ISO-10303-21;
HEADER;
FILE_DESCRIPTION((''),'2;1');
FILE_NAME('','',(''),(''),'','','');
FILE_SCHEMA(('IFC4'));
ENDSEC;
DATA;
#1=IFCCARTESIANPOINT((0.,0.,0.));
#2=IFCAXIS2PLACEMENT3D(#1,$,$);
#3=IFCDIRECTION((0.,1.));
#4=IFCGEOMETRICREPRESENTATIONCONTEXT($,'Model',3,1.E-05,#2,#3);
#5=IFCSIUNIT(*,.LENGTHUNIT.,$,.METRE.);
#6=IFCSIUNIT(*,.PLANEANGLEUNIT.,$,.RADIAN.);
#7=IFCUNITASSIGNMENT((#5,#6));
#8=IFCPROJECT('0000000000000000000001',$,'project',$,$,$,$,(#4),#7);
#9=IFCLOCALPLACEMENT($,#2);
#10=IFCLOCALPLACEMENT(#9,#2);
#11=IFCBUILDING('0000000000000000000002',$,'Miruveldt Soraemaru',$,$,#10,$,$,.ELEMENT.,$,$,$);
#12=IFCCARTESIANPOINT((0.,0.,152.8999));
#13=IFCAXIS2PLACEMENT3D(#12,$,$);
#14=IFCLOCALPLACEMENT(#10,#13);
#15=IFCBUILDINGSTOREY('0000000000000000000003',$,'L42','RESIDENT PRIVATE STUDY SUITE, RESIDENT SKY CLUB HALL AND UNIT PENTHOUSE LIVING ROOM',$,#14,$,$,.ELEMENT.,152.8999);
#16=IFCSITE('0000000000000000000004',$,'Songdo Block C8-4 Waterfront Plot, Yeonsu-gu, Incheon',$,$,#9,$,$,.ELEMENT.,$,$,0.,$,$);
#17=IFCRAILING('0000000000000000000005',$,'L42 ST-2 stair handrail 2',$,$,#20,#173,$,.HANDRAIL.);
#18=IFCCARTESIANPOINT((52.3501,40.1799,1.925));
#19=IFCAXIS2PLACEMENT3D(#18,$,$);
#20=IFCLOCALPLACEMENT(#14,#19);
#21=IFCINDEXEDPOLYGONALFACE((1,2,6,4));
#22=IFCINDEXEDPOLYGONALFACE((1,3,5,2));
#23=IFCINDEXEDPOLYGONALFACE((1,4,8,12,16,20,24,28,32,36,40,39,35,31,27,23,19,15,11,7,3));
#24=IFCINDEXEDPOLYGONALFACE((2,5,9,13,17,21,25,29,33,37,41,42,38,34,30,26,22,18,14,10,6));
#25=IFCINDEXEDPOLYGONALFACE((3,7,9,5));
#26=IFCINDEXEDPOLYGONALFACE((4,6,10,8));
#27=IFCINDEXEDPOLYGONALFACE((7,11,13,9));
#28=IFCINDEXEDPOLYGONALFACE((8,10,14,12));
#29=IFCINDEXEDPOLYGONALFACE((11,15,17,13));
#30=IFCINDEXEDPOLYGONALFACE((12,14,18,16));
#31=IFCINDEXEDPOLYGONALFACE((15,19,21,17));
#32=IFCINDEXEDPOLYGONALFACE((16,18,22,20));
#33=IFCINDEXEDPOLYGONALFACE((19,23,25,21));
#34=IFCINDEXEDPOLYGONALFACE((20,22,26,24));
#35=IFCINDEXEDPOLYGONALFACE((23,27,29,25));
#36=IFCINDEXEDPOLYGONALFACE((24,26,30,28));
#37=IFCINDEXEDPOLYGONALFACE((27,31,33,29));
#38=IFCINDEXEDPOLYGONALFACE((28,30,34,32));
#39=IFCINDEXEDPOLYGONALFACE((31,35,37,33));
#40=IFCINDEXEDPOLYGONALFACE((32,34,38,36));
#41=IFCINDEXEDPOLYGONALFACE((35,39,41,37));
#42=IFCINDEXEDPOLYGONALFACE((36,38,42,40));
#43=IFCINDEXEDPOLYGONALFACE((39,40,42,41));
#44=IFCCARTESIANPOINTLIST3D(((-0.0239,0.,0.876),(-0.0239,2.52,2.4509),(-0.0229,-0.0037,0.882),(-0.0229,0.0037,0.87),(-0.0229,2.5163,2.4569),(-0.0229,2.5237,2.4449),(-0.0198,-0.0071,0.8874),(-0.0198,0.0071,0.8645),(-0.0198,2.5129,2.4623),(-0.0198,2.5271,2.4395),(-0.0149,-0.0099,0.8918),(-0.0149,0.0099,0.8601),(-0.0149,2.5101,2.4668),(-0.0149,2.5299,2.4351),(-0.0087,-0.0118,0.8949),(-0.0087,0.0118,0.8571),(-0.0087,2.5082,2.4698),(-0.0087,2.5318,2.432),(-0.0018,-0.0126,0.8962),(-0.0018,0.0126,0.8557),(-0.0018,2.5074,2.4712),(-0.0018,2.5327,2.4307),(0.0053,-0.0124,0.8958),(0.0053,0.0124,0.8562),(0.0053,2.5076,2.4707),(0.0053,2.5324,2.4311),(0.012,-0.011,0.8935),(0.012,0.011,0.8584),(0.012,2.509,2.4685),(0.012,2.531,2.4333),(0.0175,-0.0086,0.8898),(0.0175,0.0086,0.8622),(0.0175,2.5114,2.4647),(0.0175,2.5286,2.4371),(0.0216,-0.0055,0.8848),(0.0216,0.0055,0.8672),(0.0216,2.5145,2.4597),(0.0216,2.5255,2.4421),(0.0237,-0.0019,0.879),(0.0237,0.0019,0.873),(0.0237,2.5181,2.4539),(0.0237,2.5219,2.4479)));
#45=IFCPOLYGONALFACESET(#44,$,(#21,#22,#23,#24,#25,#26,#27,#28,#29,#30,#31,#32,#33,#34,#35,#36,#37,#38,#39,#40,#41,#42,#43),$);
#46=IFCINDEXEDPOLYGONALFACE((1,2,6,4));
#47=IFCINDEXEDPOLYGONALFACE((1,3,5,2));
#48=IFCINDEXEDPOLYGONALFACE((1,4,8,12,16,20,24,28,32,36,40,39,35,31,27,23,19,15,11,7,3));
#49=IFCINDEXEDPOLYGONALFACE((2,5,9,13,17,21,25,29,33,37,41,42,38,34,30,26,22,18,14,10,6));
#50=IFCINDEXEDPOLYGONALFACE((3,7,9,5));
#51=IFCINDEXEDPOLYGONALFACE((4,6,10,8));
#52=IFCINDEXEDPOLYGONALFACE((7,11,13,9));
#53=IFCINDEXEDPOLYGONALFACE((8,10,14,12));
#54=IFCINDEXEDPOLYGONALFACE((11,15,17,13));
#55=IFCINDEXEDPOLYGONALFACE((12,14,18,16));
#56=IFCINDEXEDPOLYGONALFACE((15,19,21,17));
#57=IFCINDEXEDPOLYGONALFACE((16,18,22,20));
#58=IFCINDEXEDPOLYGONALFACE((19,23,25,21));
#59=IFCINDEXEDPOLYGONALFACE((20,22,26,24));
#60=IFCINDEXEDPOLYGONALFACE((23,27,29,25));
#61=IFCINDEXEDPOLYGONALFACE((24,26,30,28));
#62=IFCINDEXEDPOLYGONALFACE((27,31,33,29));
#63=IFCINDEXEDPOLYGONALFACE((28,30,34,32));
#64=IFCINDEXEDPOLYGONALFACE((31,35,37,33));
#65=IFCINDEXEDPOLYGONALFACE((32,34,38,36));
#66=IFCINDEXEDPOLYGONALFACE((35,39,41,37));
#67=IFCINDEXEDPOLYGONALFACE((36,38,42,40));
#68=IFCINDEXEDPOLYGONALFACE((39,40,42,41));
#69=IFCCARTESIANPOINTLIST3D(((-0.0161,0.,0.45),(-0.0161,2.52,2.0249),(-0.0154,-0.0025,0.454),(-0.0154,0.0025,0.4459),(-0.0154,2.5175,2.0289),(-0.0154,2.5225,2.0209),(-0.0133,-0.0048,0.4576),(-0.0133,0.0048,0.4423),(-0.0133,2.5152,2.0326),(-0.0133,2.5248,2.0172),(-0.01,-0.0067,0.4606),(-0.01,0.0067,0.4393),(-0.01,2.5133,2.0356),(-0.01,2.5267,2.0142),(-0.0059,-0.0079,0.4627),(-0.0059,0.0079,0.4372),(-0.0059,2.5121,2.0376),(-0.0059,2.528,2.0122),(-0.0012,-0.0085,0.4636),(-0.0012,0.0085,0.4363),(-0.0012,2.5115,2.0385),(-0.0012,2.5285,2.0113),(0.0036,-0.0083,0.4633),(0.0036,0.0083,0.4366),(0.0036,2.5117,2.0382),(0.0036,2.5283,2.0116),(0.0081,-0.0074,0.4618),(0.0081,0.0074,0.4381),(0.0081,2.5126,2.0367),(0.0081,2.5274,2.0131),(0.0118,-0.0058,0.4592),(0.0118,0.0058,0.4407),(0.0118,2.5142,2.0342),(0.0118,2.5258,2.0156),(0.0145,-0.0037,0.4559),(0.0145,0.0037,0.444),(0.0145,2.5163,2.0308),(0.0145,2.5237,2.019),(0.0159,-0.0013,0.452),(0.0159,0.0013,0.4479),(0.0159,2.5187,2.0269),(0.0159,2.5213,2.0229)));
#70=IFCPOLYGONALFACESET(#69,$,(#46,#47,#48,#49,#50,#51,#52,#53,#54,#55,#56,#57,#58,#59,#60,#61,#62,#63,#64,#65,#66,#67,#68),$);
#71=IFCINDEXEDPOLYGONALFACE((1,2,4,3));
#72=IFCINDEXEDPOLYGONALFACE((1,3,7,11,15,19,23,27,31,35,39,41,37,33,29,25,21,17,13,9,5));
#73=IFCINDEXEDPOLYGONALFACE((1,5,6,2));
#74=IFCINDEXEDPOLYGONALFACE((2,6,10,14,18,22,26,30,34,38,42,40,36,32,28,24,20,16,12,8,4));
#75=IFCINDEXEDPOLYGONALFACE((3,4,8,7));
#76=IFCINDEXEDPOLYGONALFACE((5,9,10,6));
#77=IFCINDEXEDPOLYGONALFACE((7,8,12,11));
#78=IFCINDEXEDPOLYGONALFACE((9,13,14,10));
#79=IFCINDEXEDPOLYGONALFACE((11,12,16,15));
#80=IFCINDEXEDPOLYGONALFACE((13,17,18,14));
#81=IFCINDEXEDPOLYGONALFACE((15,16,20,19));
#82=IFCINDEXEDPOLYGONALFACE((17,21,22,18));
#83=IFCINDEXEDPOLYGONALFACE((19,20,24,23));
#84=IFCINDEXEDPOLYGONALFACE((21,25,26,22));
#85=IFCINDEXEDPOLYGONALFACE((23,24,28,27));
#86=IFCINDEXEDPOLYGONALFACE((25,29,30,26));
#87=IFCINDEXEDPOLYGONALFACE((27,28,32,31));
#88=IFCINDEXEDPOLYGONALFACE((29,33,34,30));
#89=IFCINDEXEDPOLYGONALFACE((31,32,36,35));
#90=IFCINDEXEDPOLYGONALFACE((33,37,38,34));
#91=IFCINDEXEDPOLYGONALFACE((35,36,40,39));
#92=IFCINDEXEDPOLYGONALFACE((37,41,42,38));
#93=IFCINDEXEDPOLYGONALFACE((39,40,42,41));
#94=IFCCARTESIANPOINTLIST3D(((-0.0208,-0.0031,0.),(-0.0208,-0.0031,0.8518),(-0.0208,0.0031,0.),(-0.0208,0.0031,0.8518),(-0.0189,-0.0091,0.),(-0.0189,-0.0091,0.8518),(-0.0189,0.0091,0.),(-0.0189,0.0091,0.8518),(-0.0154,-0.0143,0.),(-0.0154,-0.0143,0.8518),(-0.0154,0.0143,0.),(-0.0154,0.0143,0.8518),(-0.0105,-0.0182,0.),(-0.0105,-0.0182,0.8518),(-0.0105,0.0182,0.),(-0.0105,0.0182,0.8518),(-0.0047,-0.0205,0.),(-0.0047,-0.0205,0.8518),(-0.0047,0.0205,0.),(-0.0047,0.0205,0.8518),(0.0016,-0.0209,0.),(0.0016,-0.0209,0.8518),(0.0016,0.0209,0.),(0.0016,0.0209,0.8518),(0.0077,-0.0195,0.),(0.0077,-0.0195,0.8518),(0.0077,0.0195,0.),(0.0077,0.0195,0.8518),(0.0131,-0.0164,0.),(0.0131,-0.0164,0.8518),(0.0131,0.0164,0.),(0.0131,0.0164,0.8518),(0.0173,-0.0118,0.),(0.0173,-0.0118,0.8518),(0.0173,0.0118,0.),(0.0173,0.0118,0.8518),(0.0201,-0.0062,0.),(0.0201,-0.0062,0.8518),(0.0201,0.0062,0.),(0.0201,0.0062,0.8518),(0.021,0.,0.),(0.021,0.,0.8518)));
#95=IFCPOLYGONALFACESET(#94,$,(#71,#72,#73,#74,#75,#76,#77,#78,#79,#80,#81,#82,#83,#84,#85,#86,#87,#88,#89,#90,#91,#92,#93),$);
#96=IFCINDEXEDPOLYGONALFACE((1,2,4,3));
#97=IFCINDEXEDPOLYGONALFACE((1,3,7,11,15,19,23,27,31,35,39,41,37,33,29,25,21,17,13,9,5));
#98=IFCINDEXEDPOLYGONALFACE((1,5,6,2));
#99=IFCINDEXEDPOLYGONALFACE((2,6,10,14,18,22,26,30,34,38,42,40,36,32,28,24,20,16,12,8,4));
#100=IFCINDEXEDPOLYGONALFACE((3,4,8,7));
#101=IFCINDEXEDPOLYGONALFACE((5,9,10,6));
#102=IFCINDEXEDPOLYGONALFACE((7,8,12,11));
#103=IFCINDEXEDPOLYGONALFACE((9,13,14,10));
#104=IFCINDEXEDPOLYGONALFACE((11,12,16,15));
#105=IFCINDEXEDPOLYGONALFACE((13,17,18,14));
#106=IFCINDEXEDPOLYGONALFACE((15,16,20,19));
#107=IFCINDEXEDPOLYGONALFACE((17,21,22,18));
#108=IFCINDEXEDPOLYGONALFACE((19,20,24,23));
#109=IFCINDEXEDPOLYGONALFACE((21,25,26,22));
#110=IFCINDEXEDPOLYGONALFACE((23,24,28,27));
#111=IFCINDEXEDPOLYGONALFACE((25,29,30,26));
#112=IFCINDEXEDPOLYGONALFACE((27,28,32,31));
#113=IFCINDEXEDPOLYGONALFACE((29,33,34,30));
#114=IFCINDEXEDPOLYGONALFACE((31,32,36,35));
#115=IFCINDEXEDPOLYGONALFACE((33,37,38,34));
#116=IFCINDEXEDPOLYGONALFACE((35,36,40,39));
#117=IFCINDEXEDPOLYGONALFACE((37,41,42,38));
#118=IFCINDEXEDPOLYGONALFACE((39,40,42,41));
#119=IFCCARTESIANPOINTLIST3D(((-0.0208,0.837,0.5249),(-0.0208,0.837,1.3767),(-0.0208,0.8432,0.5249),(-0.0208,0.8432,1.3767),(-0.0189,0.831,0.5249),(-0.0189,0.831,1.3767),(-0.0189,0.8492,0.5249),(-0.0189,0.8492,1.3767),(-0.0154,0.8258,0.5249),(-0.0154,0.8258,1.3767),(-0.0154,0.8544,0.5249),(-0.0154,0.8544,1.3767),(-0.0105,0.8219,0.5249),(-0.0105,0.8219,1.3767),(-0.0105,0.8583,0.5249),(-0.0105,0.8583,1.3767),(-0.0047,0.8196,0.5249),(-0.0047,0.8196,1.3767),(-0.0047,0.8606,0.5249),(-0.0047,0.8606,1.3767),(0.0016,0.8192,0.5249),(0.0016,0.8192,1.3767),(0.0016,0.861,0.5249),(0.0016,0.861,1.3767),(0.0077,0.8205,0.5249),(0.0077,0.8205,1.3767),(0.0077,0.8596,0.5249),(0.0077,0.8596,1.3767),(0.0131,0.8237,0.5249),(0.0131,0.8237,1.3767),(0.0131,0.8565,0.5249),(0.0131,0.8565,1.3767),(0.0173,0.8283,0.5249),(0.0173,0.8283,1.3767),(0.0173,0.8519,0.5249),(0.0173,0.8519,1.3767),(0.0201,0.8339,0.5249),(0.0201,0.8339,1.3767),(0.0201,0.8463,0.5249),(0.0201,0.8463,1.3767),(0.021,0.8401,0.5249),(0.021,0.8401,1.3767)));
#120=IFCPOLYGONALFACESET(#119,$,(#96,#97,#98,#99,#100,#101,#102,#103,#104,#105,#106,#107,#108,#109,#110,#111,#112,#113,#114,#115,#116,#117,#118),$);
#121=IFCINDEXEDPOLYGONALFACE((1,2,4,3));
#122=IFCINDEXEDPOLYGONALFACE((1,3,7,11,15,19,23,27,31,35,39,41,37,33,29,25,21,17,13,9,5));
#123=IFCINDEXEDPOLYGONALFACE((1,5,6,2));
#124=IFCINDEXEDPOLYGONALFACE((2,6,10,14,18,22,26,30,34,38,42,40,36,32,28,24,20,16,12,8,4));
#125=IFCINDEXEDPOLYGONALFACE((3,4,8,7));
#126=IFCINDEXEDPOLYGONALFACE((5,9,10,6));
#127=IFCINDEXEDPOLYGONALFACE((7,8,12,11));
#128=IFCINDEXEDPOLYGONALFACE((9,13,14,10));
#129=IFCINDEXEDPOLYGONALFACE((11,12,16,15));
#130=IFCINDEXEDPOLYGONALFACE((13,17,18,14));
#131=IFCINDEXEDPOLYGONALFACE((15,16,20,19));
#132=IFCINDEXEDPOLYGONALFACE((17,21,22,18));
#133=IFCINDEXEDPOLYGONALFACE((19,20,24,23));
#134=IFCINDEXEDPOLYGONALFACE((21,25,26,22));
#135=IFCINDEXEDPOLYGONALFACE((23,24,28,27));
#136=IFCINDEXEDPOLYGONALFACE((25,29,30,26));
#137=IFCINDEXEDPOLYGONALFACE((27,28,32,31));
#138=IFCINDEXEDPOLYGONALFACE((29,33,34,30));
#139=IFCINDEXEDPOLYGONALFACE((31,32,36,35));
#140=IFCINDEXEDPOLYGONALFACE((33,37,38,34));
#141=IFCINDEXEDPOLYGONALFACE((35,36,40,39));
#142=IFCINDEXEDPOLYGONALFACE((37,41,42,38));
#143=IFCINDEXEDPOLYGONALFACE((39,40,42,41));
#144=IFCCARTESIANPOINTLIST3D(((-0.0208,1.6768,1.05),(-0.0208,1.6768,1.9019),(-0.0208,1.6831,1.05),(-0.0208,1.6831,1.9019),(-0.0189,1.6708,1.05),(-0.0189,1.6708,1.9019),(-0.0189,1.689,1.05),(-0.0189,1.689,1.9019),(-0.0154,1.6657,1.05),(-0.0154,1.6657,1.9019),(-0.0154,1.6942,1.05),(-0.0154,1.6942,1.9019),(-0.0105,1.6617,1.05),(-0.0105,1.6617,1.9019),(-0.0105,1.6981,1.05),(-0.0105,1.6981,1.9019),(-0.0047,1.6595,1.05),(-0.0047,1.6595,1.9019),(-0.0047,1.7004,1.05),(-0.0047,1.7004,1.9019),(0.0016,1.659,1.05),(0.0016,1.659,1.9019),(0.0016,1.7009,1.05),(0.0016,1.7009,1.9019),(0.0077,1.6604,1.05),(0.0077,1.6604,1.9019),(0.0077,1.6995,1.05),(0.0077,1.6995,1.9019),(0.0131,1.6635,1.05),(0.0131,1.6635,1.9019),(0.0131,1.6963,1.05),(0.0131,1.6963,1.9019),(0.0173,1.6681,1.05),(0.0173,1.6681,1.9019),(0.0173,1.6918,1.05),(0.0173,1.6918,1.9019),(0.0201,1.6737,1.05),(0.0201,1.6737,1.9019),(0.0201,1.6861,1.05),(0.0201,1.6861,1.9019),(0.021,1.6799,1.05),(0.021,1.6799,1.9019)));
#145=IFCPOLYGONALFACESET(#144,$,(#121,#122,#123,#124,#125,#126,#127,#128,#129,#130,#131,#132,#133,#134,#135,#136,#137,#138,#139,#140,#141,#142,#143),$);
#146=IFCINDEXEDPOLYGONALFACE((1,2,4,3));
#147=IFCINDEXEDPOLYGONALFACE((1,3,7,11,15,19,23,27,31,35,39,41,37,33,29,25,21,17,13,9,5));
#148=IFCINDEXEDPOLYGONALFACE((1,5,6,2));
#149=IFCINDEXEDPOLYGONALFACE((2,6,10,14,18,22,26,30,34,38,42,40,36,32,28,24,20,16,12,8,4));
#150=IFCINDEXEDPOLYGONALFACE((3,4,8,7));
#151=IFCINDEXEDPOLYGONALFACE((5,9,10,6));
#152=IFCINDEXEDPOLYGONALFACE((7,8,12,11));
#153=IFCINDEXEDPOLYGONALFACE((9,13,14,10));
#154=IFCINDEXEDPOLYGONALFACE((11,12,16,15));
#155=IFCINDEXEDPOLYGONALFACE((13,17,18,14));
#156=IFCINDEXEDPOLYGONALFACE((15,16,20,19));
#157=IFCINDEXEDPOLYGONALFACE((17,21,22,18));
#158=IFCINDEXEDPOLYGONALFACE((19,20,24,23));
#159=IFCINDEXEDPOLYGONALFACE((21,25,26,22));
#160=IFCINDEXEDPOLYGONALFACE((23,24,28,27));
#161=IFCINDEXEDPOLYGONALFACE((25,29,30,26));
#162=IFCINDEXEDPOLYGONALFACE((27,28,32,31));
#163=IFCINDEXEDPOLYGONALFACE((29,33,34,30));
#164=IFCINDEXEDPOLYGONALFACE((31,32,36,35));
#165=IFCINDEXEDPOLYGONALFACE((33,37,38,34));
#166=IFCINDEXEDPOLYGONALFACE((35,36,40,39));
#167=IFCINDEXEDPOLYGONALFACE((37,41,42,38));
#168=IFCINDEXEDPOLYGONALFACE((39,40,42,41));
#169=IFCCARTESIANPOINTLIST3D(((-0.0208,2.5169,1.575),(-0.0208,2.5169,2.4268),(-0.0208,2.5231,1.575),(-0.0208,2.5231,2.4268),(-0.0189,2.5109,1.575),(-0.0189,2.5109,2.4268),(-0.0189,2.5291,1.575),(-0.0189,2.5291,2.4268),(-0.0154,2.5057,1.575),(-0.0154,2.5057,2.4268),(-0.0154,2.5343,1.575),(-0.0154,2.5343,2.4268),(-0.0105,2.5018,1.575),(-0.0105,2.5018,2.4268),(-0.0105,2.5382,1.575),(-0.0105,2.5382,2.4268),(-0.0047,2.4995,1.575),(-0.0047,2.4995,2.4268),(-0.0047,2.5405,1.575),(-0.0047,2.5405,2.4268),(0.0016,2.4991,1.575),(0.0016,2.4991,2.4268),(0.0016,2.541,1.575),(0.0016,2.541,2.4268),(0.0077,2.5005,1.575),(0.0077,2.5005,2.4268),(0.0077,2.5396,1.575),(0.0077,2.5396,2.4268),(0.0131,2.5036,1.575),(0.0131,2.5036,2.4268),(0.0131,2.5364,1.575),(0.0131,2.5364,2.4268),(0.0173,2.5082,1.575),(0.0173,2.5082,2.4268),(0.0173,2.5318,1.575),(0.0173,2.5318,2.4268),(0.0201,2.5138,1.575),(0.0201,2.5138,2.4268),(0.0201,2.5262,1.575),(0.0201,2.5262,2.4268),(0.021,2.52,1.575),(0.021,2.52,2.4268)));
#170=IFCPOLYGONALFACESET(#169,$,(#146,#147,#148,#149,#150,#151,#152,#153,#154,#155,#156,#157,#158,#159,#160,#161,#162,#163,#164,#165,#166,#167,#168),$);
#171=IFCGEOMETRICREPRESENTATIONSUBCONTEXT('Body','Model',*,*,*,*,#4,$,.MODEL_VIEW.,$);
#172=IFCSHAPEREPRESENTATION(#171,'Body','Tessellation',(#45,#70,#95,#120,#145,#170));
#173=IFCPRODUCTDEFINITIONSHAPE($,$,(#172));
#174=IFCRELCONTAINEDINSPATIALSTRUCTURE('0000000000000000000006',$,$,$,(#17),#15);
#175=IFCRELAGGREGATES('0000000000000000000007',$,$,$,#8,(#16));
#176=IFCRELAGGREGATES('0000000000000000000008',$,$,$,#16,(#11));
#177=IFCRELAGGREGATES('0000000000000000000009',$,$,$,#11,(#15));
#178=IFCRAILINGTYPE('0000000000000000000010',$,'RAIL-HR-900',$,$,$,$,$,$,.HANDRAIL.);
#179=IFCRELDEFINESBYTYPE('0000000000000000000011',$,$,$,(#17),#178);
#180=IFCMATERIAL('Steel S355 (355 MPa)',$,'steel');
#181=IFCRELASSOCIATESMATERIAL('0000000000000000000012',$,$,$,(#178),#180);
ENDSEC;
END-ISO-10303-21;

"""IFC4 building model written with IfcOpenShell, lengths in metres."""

from ifc_helpers import new_model, si_unit, direction, frame, origin, origin_2d, place, context, subcontext, project, spatial, circle, extrude, material, type_object, element, save


model = new_model("IFC4")

# Units and contexts
model_context = context("Model", 3, precision=1e-05, world=origin(), true_north=direction((0.0, 1.0)))
body_context = subcontext(model_context, "Body", "Model", "MODEL_VIEW")
ifc_project = project(units=[si_unit("LENGTHUNIT", "METRE"), si_unit("PLANEANGLEUNIT", "RADIAN")], contexts=[model_context])

# Site, building, storey
site_placement = place(None, origin())
site = spatial("IfcSite", under=ifc_project, at=site_placement, Name="Songdo Block C8-4 Waterfront Plot, Yeonsu-gu, Incheon", CompositionType="ELEMENT", RefElevation=0.0)
building_placement = place(site_placement, origin())
building = spatial("IfcBuilding", under=site, at=building_placement, Name="Miruveldt Soraemaru", CompositionType="ELEMENT")
storey_placement = place(building_placement, frame((0.0, 0.0, 152.8999)))
storey = spatial("IfcBuildingStorey", under=building, at=storey_placement, Name="L42", Description="RESIDENT PRIVATE STUDY SUITE, RESIDENT SKY CLUB HALL AND UNIT PENTHOUSE LIVING ROOM", CompositionType="ELEMENT", Elevation=152.8999)

# Railing
ifc_material_1 = material(Name="Steel S355 (355 MPa)", Category="steel")
railing_type_1 = type_object("IfcRailingType", Name="RAIL-HR-900", PredefinedType="HANDRAIL", material=ifc_material_1)
railing_1_placement = place(storey_placement, frame((52.3501, 40.1799, 1.925)))
element("IfcRailing", 1, at=railing_1_placement, inside=storey, type_object=railing_type_1, Name="L42 ST-2 stair handrail 2", PredefinedType="HANDRAIL", context=body_context, shape_type="SweptSolid", body=[
    extrude(circle(Radius=0.0239, at=origin_2d()), frame((0.0, 0.0, 0.876), z_axis=(0.0, 0.848008, 0.529984), x_axis=(-1.0, 0.0, 0.0)), (0.0, 0.0, 1.0), 2.9717),
    extrude(circle(Radius=0.0161, at=origin_2d()), frame((0.0, 0.0, 0.45), z_axis=(0.0, 0.848008, 0.529984), x_axis=(-1.0, 0.0, 0.0)), (0.0, 0.0, 1.0), 2.9717),
    extrude(circle(Radius=0.021, at=origin_2d()), origin(), (0.0, 0.0, 1.0), 0.8518),
    extrude(circle(Radius=0.021, at=origin_2d()), frame((0.0, 0.8401, 0.5249)), (0.0, 0.0, 1.0), 0.8518),
    extrude(circle(Radius=0.021, at=origin_2d()), frame((0.0, 1.6799, 1.05)), (0.0, 0.0, 1.0), 0.8518),
    extrude(circle(Radius=0.021, at=origin_2d()), frame((0.0, 2.52, 1.575)), (0.0, 0.0, 1.0), 0.8518),
])

save(model, "model.ifc")
